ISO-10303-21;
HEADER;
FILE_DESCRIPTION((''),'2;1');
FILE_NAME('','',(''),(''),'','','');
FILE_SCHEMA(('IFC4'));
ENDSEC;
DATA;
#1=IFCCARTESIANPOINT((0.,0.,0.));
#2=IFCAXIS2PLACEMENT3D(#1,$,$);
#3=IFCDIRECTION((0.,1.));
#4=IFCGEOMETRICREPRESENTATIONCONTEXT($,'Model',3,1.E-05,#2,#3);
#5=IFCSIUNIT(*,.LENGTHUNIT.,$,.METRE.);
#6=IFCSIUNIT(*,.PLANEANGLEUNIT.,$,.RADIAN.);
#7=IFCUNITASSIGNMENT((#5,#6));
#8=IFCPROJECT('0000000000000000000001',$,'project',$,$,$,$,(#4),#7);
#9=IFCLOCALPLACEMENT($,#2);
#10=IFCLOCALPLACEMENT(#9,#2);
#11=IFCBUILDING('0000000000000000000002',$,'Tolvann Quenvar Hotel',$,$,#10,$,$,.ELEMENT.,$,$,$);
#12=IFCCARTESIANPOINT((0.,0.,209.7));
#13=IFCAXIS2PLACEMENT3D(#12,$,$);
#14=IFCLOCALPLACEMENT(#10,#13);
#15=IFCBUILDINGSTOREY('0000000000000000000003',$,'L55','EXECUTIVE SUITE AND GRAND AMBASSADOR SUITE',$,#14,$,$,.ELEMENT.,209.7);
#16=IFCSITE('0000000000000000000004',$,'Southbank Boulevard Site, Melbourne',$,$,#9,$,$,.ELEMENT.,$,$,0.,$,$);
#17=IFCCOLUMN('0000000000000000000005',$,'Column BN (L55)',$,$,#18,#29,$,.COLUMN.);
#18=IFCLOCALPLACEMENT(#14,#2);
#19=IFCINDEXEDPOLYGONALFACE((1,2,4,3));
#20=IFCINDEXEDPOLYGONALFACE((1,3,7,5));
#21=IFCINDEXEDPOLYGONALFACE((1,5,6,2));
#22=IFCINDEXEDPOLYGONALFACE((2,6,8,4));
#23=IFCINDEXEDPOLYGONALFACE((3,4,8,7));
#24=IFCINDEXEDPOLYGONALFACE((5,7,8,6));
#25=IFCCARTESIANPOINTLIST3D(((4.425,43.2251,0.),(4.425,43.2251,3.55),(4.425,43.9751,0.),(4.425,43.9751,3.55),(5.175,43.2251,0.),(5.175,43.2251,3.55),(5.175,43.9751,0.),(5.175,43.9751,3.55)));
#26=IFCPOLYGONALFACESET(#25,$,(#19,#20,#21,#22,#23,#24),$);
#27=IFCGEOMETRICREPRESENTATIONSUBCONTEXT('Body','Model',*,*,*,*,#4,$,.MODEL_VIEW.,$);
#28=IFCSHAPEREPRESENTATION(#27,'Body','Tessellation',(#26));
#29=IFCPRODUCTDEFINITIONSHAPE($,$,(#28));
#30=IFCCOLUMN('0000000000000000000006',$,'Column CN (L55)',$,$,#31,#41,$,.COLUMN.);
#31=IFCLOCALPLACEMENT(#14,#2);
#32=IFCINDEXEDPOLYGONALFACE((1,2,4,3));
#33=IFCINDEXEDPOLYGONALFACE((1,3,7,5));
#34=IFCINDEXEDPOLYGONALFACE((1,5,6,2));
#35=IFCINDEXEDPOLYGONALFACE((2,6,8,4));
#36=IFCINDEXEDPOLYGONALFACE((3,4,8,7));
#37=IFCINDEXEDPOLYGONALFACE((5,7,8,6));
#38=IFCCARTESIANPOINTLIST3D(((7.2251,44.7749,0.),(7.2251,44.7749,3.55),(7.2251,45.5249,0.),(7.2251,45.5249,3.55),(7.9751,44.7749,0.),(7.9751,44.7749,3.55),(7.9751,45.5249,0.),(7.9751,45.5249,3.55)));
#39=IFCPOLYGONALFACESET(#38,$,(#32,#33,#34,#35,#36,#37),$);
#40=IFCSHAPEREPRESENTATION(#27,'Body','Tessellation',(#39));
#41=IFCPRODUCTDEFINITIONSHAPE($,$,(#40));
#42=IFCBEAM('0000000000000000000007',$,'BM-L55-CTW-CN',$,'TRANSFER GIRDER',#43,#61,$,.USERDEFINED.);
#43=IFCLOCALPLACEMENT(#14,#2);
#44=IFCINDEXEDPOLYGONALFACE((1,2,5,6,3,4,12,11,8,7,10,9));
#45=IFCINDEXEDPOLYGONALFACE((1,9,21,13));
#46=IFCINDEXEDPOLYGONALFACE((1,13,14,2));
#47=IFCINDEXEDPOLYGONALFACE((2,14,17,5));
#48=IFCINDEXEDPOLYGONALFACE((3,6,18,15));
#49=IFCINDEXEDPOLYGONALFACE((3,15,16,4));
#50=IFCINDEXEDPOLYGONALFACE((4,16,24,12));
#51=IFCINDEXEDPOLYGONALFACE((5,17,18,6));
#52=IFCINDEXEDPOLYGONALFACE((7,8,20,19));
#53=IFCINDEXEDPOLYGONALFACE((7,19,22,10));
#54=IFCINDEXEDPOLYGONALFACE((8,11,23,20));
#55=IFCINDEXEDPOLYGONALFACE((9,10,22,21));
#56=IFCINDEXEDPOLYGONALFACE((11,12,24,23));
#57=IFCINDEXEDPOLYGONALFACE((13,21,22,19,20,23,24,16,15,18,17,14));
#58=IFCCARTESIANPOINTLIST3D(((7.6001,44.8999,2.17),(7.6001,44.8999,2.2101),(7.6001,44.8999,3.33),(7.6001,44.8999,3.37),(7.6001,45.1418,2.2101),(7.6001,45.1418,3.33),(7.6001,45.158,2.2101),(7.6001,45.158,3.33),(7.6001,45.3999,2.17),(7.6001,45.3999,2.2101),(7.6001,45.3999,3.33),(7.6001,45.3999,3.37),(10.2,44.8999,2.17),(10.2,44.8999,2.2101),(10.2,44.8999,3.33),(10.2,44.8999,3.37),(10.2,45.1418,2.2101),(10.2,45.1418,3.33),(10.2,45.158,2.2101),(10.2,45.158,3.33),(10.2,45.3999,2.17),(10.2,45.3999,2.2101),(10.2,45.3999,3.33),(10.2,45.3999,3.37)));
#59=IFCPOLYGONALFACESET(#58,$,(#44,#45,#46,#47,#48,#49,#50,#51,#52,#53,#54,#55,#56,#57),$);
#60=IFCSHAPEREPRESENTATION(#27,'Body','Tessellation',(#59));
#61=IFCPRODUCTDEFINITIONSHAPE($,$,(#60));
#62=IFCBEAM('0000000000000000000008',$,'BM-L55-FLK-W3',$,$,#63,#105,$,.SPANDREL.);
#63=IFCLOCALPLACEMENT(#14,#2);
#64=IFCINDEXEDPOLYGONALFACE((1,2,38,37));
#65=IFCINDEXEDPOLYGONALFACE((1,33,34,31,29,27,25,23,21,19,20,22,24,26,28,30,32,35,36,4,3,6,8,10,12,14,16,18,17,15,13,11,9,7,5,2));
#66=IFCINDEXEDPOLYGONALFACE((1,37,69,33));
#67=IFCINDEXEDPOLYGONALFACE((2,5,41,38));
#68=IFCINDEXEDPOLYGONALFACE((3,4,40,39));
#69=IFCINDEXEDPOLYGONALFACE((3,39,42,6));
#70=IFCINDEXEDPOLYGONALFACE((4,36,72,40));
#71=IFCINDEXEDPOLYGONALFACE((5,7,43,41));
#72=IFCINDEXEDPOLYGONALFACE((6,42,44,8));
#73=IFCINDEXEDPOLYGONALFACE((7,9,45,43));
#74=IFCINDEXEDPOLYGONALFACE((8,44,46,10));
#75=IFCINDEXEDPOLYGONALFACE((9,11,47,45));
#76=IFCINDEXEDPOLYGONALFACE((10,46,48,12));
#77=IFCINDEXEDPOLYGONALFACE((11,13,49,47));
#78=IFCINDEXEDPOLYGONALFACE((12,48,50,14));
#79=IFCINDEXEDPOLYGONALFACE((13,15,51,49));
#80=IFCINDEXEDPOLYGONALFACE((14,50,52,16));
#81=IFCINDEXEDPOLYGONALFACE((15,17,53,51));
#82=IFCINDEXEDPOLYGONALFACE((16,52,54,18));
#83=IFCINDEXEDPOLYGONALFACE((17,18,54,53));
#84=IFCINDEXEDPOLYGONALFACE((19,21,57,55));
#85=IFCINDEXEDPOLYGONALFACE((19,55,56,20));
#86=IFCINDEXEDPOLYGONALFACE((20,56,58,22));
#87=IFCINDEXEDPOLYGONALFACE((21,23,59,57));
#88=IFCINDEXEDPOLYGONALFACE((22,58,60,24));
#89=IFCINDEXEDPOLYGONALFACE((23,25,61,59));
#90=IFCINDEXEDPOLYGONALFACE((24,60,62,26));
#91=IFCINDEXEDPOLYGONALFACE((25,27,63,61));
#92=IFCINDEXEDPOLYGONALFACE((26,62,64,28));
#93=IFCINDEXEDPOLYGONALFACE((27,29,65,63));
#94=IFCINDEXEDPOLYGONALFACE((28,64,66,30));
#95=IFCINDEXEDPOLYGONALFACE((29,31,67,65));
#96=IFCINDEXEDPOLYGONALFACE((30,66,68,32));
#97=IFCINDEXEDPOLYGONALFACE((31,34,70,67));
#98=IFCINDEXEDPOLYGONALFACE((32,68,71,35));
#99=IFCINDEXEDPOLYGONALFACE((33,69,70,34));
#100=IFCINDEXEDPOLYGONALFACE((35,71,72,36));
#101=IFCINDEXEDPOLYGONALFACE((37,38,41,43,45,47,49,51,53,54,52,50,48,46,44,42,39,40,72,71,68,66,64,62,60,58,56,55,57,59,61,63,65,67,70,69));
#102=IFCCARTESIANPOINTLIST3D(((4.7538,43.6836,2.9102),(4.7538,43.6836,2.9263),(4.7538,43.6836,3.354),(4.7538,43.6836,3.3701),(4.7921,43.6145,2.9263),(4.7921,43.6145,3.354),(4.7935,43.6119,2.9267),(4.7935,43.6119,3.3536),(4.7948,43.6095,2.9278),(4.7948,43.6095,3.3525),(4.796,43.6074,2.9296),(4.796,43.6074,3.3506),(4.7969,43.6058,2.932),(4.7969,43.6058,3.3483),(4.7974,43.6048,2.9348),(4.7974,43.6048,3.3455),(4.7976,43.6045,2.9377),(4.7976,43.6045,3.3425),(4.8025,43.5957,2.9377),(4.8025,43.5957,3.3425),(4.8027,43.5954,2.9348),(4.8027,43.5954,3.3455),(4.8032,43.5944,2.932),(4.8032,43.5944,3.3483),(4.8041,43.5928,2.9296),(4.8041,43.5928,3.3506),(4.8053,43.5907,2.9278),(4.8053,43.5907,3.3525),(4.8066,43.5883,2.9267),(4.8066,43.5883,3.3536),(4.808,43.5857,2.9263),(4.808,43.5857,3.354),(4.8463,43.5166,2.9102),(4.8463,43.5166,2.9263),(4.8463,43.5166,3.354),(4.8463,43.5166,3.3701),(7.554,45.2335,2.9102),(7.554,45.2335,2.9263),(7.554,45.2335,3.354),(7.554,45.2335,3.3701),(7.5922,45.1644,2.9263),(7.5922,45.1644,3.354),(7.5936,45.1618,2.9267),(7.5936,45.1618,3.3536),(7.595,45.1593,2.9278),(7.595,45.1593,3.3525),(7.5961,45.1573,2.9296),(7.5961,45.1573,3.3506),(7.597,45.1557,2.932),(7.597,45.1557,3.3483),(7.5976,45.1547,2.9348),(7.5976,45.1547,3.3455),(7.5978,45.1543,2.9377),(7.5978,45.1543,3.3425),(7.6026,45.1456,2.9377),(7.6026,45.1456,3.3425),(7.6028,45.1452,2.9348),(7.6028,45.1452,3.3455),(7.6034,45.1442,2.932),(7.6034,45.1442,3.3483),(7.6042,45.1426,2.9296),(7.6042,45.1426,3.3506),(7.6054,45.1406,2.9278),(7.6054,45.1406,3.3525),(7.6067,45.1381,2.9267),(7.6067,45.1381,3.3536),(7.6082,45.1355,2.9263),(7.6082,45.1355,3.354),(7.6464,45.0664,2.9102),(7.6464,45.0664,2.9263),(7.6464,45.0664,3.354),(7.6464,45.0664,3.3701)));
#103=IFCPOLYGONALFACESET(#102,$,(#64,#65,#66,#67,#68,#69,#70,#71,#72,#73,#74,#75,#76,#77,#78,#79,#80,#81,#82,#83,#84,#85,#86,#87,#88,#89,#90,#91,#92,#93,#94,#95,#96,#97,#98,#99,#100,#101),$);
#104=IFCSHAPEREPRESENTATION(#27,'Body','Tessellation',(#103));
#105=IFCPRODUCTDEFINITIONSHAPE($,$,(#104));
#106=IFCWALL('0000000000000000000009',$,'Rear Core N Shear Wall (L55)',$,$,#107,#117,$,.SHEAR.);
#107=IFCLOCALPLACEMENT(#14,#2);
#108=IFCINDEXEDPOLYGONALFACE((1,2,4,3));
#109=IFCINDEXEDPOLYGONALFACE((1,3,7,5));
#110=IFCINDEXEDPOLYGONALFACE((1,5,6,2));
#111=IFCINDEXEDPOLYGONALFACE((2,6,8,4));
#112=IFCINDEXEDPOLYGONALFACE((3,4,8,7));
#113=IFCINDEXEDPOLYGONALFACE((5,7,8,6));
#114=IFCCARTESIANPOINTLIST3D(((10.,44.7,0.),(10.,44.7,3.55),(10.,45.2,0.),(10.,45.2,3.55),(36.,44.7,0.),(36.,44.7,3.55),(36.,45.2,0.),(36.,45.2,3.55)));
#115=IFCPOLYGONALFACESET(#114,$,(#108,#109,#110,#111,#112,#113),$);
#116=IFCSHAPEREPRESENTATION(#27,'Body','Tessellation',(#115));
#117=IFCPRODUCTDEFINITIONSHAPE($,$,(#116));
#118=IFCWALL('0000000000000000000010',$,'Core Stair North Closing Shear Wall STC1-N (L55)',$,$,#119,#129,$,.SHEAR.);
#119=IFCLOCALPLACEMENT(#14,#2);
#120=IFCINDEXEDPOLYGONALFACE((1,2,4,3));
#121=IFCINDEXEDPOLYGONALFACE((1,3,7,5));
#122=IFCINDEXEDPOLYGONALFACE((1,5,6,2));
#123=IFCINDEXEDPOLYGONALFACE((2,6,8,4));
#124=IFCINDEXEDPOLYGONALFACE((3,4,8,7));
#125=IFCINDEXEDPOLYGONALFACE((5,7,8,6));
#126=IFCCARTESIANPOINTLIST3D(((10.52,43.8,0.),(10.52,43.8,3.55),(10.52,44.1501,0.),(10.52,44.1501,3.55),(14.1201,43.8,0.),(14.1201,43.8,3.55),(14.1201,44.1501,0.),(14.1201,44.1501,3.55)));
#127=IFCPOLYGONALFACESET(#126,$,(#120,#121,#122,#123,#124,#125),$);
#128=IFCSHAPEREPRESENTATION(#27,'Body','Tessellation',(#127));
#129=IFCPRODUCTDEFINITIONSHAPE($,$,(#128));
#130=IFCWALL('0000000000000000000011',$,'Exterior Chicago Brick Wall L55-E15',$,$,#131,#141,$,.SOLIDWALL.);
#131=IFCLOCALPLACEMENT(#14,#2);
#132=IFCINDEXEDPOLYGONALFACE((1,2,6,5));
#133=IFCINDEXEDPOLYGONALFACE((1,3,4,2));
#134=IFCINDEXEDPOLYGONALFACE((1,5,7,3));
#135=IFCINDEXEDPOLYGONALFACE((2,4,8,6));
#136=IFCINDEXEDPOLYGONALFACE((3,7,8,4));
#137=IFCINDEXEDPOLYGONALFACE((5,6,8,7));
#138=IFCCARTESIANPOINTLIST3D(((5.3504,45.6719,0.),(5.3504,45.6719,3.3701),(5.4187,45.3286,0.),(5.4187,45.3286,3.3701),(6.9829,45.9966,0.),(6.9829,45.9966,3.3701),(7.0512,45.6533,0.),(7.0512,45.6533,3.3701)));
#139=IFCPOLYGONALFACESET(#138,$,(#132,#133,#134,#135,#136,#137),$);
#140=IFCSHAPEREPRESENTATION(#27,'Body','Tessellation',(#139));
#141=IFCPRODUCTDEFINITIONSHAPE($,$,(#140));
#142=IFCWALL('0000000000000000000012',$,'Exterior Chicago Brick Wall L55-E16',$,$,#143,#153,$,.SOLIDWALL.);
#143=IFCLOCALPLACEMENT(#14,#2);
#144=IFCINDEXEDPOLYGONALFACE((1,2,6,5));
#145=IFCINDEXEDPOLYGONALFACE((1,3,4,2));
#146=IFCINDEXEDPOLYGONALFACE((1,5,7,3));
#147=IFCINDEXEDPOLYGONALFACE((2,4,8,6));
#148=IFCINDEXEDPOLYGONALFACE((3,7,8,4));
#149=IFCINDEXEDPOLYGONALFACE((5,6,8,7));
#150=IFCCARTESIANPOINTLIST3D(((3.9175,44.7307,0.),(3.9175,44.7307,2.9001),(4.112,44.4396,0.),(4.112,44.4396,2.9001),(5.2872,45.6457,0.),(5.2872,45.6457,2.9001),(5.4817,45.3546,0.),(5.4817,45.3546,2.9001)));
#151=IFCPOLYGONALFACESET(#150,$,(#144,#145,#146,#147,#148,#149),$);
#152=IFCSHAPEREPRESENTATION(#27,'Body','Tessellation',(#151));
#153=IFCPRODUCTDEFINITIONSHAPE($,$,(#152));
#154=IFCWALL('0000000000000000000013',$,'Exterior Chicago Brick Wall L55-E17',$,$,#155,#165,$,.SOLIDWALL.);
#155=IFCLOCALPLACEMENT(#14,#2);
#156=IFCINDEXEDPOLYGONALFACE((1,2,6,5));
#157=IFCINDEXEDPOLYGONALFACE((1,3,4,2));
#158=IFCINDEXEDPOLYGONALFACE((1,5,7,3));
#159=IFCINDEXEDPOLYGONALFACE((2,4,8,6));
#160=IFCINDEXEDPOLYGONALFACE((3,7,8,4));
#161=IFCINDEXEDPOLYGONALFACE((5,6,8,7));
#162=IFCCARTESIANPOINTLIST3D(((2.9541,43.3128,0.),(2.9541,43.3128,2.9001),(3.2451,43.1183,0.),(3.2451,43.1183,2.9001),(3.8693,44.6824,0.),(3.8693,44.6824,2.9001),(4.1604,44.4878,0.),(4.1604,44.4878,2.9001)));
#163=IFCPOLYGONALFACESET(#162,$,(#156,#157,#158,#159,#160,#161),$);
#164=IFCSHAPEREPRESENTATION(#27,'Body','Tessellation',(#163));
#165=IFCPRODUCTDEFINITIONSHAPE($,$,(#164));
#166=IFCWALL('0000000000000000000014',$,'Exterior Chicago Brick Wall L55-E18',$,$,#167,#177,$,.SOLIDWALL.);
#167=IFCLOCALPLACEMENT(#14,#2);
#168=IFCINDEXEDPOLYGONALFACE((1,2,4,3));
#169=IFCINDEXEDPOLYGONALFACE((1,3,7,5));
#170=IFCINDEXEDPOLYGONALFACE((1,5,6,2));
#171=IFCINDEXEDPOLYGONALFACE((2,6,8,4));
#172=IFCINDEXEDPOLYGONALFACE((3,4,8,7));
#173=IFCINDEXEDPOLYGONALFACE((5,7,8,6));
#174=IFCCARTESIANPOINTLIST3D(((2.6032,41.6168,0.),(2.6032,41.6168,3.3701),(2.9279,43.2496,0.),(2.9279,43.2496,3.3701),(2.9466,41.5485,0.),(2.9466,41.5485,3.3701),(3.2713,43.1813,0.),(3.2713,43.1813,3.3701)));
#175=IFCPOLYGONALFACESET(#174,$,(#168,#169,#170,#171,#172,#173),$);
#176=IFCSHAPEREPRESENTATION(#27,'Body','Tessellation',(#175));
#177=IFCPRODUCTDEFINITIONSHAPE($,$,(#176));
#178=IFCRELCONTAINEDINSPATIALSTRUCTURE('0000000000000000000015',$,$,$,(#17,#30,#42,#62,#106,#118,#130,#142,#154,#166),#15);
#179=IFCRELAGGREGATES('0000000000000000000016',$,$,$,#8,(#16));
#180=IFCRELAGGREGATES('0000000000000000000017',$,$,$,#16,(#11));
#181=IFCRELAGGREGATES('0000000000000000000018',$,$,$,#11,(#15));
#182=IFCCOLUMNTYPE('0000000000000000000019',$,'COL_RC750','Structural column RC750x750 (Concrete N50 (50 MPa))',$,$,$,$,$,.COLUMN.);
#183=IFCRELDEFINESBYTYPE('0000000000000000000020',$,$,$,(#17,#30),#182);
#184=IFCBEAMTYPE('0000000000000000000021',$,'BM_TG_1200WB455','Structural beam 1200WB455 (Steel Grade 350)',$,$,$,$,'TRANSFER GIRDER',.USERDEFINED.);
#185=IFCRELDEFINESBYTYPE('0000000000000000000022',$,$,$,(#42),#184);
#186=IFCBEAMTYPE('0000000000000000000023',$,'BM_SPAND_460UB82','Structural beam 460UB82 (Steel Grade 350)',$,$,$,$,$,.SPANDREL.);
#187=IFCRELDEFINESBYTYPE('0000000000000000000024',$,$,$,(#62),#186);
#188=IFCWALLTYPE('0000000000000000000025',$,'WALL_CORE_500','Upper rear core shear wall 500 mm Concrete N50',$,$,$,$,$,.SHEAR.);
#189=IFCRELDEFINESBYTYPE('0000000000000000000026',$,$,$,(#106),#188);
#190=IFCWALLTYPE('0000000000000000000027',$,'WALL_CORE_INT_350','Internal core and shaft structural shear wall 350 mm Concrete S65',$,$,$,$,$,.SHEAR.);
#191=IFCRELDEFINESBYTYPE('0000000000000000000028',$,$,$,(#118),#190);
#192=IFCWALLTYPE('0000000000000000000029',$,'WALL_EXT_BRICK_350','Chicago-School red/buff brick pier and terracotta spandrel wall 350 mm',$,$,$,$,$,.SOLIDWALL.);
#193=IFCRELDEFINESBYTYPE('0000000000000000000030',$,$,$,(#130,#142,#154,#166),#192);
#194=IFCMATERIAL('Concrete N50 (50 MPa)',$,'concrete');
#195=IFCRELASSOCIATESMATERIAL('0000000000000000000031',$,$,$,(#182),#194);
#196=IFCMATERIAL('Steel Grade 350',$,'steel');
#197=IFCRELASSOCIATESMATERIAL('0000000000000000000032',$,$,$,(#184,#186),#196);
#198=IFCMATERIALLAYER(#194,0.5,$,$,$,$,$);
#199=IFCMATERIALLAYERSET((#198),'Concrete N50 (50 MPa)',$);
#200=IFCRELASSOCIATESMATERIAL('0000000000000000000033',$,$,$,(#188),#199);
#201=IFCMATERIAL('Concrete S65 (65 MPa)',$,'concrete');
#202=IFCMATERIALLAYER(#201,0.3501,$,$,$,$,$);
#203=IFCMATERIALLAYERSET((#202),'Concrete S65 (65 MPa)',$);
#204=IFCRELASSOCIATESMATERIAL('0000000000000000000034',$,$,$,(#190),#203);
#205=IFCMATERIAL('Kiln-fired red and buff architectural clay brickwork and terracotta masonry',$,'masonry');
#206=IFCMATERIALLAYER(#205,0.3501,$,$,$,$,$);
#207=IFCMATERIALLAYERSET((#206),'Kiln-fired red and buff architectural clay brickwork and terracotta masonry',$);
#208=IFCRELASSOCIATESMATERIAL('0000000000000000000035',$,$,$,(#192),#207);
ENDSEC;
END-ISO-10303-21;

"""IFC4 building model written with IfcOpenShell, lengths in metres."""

from ifc_helpers import new_model, si_unit, direction, frame, frame_2d, origin, origin_2d, place, context, subcontext, project, spatial, rectangle, i_section, extrude, source, transform, mapped, material, layer, layer_set, material_profile, profile_set, type_object, type_shapes, element, save


model = new_model("IFC4")

# Units and contexts
model_context = context("Model", 3, precision=1e-05, world=origin(), true_north=direction((0.0, 1.0)))
body_context = subcontext(model_context, "Body", "Model", "MODEL_VIEW")
ifc_project = project(units=[si_unit("LENGTHUNIT", "METRE"), si_unit("PLANEANGLEUNIT", "RADIAN")], contexts=[model_context])

# Site, building, storey
site_placement = place(None, origin())
site = spatial("IfcSite", under=ifc_project, at=site_placement, Name="Southbank Boulevard Site, Melbourne", CompositionType="ELEMENT", RefElevation=0.0)
building_placement = place(site_placement, origin())
building = spatial("IfcBuilding", under=site, at=building_placement, Name="Tolvann Quenvar Hotel", CompositionType="ELEMENT")
storey_placement = place(building_placement, frame((0.0, 0.0, 209.7)))
storey = spatial("IfcBuildingStorey", under=building, at=storey_placement, Name="L55", Description="EXECUTIVE SUITE AND GRAND AMBASSADOR SUITE", CompositionType="ELEMENT", Elevation=209.7)

# Columns
ifc_material_1 = material(Name="Concrete N50 (50 MPa)", Category="concrete")
ifc_material_profile_1 = material_profile(ifc_material_1, rectangle(XDim=0.75, YDim=0.75, at=origin_2d()), Name="RC750x750")
ifc_profile_set_1 = profile_set([ifc_material_profile_1], Name="Concrete N50 (50 MPa)")
column_type = type_object("IfcColumnType", Name="COL_RC750", Description="Structural column RC750x750 (Concrete N50 (50 MPa))", PredefinedType="COLUMN", material=ifc_profile_set_1)
shared_shape_1 = source(origin(), body_context, "Body", "SweptSolid", [
    extrude(rectangle(XDim=0.75, YDim=0.75, at=origin_2d()), origin(), (0.0, 0.0, 1.0), 3.55),
])
type_shapes(column_type, [shared_shape_1])
for number, where, z_axis, x_axis, name in (
    (1, (4.8, 43.6001, 0.0), (0.0, 0.0, 1.0), (1.0, 0.0, 0.0), "Column BN (L55)"),
    (2, (7.6001, 45.1499, 0.0), (0.0, 0.0, 1.0), (1.0, 0.0, 0.0), "Column CN (L55)"),
):
    element("IfcColumn", number, at=place(storey_placement, frame(where, z_axis=z_axis, x_axis=x_axis)), inside=storey, type_object=column_type, Name=name, PredefinedType="COLUMN", context=body_context, shape_type="MappedRepresentation", body=[
        mapped(shared_shape_1, transform((0.0, 0.0, 0.0), x_axis=(1.0, 0.0, 0.0), y_axis=(0.0, 1.0, 0.0), z_axis=(0.0, 0.0, 1.0), scale=1.0)),
    ])

# Beams
ifc_material_2 = material(Name="Steel Grade 350", Category="steel")
ifc_material_profile_2 = material_profile(ifc_material_2, i_section(OverallWidth=0.5, OverallDepth=1.2, WebThickness=0.0161, FlangeThickness=0.04, at=origin_2d()), Name="1200WB455")
ifc_profile_set_2 = profile_set([ifc_material_profile_2], Name="Steel Grade 350")
beam_type_1 = type_object("IfcBeamType", Name="BM_TG_1200WB455", Description="Structural beam 1200WB455 (Steel Grade 350)", ElementType="TRANSFER GIRDER", PredefinedType="USERDEFINED", material=ifc_profile_set_2)
shared_shape_2 = source(origin(), body_context, "Body", "SweptSolid", [
    extrude(i_section(OverallWidth=0.5, OverallDepth=1.2, WebThickness=0.0161, FlangeThickness=0.04, at=origin_2d()), origin(), (0.0, 0.0, 1.0), 2.5999),
])
type_shapes(beam_type_1, [shared_shape_2])
beam_1_placement = place(storey_placement, frame((7.6001, 45.1499, 2.77), z_axis=(1.0, 0.0, 0.0), x_axis=(0.0, 1.0, 0.0)))
element("IfcBeam", 3, at=beam_1_placement, inside=storey, type_object=beam_type_1, Name="BM-L55-CTW-CN", ObjectType="TRANSFER GIRDER", PredefinedType="USERDEFINED", context=body_context, shape_type="MappedRepresentation", body=[
    mapped(shared_shape_2, transform((0.0, 0.0, 0.0), x_axis=(1.0, 0.0, 0.0), y_axis=(0.0, 1.0, 0.0), z_axis=(0.0, 0.0, 1.0), scale=1.0)),
])
ifc_material_profile_3 = material_profile(ifc_material_2, i_section(OverallWidth=0.1909, OverallDepth=0.46, WebThickness=0.01, FlangeThickness=0.0161, FilletRadius=0.0115, at=origin_2d()), Name="460UB82")
ifc_profile_set_3 = profile_set([ifc_material_profile_3], Name="Steel Grade 350")
beam_type_2 = type_object("IfcBeamType", Name="BM_SPAND_460UB82", Description="Structural beam 460UB82 (Steel Grade 350)", PredefinedType="SPANDREL", material=ifc_profile_set_3)
shared_shape_3 = source(origin(), body_context, "Body", "SweptSolid", [
    extrude(i_section(OverallWidth=0.1909, OverallDepth=0.46, WebThickness=0.01, FlangeThickness=0.0161, FilletRadius=0.0115, at=origin_2d()), origin(), (0.0, 0.0, 1.0), 3.2004),
])
type_shapes(beam_type_2, [shared_shape_3])
beam_2_placement = place(storey_placement, frame((4.8, 43.6001, 3.1401), z_axis=(0.874923, 0.484263, 0.0), x_axis=(-0.484263, 0.874923, 0.0)))
element("IfcBeam", 4, at=beam_2_placement, inside=storey, type_object=beam_type_2, Name="BM-L55-FLK-W3", PredefinedType="SPANDREL", context=body_context, shape_type="MappedRepresentation", body=[
    mapped(shared_shape_3, transform((0.0, 0.0, 0.0), x_axis=(1.0, 0.0, 0.0), y_axis=(0.0, 1.0, 0.0), z_axis=(0.0, 0.0, 1.0), scale=1.0)),
])

# Walls
ifc_layer_1 = layer(ifc_material_1, 0.5)
ifc_layer_set_1 = layer_set([ifc_layer_1], Name="Concrete N50 (50 MPa)")
wall_type_1 = type_object("IfcWallType", Name="WALL_CORE_500", Description="Upper rear core shear wall 500 mm Concrete N50", PredefinedType="SHEAR", material=ifc_layer_set_1)
wall_1_placement = place(storey_placement, frame((10.0, 44.95, 0.0), z_axis=(0.0, 0.0, 1.0), x_axis=(1.0, 0.0, 0.0)))
element("IfcWall", 5, at=wall_1_placement, inside=storey, type_object=wall_type_1, Name="Rear Core N Shear Wall (L55)", PredefinedType="SHEAR", context=body_context, shape_type="SweptSolid", body=[
    extrude(rectangle(XDim=26.0, YDim=0.5, at=frame_2d((13.0, 0.0))), origin(), (0.0, 0.0, 1.0), 3.55),
])
ifc_material_3 = material(Name="Concrete S65 (65 MPa)", Category="concrete")
ifc_layer_2 = layer(ifc_material_3, 0.3501)
ifc_layer_set_2 = layer_set([ifc_layer_2], Name="Concrete S65 (65 MPa)")
wall_type_2 = type_object("IfcWallType", Name="WALL_CORE_INT_350", Description="Internal core and shaft structural shear wall 350 mm Concrete S65", PredefinedType="SHEAR", material=ifc_layer_set_2)
wall_2_placement = place(storey_placement, frame((10.52, 43.9751, 0.0), z_axis=(0.0, 0.0, 1.0), x_axis=(1.0, 0.0, 0.0)))
element("IfcWall", 6, at=wall_2_placement, inside=storey, type_object=wall_type_2, Name="Core Stair North Closing Shear Wall STC1-N (L55)", PredefinedType="SHEAR", context=body_context, shape_type="SweptSolid", body=[
    extrude(rectangle(XDim=3.6001, YDim=0.3501, at=frame_2d((1.8, 0.0))), origin(), (0.0, 0.0, 1.0), 3.55),
])
ifc_material_4 = material(Name="Kiln-fired red and buff architectural clay brickwork and terracotta masonry", Category="masonry")
ifc_layer_3 = layer(ifc_material_4, 0.3501)
ifc_layer_set_3 = layer_set([ifc_layer_3], Name="Kiln-fired red and buff architectural clay brickwork and terracotta masonry")
wall_type_3 = type_object("IfcWallType", Name="WALL_EXT_BRICK_350", Description="Chicago-School red/buff brick pier and terracotta spandrel wall 350 mm", PredefinedType="SOLIDWALL", material=ifc_layer_set_3)
wall_3_placement = place(storey_placement, frame((7.0171, 45.825, 0.0), z_axis=(0.0, 0.0, 1.0), x_axis=(-0.980789, -0.195072, 0.0)))
element("IfcWall", 7, at=wall_3_placement, inside=storey, type_object=wall_type_3, Name="Exterior Chicago Brick Wall L55-E15", PredefinedType="SOLIDWALL", context=body_context, shape_type="SweptSolid", body=[
    extrude(rectangle(XDim=1.6646, YDim=0.3501, at=frame_2d((0.8323, 0.0))), origin(), (0.0, 0.0, 1.0), 3.3701),
])
for number, where, z_axis, x_axis, name in (
    (8, (5.3845, 45.5002, 0.0), (0.0, 0.0, 1.0), (-0.831503, -0.555521, 0.0), "Exterior Chicago Brick Wall L55-E16"),
    (9, (4.0149, 44.5852, 0.0), (0.0, 0.0, 1.0), (-0.555623, -0.831434, 0.0), "Exterior Chicago Brick Wall L55-E17"),
):
    element("IfcWall", number, at=place(storey_placement, frame(where, z_axis=z_axis, x_axis=x_axis)), inside=storey, type_object=wall_type_3, Name=name, PredefinedType="SOLIDWALL", context=body_context, shape_type="SweptSolid", body=[
        extrude(rectangle(XDim=1.6472, YDim=0.3501, at=frame_2d((0.8237, 0.0))), origin(), (0.0, 0.0, 1.0), 2.9001),
    ])
wall_4_placement = place(storey_placement, frame((3.0996, 43.2156, 0.0), z_axis=(0.0, 0.0, 1.0), x_axis=(-0.195044, -0.980794, 0.0)))
element("IfcWall", 10, at=wall_4_placement, inside=storey, type_object=wall_type_3, Name="Exterior Chicago Brick Wall L55-E18", PredefinedType="SOLIDWALL", context=body_context, shape_type="SweptSolid", body=[
    extrude(rectangle(XDim=1.6648, YDim=0.3501, at=frame_2d((0.8325, 0.0))), origin(), (0.0, 0.0, 1.0), 3.3701),
])

save(model, "model.ifc")
